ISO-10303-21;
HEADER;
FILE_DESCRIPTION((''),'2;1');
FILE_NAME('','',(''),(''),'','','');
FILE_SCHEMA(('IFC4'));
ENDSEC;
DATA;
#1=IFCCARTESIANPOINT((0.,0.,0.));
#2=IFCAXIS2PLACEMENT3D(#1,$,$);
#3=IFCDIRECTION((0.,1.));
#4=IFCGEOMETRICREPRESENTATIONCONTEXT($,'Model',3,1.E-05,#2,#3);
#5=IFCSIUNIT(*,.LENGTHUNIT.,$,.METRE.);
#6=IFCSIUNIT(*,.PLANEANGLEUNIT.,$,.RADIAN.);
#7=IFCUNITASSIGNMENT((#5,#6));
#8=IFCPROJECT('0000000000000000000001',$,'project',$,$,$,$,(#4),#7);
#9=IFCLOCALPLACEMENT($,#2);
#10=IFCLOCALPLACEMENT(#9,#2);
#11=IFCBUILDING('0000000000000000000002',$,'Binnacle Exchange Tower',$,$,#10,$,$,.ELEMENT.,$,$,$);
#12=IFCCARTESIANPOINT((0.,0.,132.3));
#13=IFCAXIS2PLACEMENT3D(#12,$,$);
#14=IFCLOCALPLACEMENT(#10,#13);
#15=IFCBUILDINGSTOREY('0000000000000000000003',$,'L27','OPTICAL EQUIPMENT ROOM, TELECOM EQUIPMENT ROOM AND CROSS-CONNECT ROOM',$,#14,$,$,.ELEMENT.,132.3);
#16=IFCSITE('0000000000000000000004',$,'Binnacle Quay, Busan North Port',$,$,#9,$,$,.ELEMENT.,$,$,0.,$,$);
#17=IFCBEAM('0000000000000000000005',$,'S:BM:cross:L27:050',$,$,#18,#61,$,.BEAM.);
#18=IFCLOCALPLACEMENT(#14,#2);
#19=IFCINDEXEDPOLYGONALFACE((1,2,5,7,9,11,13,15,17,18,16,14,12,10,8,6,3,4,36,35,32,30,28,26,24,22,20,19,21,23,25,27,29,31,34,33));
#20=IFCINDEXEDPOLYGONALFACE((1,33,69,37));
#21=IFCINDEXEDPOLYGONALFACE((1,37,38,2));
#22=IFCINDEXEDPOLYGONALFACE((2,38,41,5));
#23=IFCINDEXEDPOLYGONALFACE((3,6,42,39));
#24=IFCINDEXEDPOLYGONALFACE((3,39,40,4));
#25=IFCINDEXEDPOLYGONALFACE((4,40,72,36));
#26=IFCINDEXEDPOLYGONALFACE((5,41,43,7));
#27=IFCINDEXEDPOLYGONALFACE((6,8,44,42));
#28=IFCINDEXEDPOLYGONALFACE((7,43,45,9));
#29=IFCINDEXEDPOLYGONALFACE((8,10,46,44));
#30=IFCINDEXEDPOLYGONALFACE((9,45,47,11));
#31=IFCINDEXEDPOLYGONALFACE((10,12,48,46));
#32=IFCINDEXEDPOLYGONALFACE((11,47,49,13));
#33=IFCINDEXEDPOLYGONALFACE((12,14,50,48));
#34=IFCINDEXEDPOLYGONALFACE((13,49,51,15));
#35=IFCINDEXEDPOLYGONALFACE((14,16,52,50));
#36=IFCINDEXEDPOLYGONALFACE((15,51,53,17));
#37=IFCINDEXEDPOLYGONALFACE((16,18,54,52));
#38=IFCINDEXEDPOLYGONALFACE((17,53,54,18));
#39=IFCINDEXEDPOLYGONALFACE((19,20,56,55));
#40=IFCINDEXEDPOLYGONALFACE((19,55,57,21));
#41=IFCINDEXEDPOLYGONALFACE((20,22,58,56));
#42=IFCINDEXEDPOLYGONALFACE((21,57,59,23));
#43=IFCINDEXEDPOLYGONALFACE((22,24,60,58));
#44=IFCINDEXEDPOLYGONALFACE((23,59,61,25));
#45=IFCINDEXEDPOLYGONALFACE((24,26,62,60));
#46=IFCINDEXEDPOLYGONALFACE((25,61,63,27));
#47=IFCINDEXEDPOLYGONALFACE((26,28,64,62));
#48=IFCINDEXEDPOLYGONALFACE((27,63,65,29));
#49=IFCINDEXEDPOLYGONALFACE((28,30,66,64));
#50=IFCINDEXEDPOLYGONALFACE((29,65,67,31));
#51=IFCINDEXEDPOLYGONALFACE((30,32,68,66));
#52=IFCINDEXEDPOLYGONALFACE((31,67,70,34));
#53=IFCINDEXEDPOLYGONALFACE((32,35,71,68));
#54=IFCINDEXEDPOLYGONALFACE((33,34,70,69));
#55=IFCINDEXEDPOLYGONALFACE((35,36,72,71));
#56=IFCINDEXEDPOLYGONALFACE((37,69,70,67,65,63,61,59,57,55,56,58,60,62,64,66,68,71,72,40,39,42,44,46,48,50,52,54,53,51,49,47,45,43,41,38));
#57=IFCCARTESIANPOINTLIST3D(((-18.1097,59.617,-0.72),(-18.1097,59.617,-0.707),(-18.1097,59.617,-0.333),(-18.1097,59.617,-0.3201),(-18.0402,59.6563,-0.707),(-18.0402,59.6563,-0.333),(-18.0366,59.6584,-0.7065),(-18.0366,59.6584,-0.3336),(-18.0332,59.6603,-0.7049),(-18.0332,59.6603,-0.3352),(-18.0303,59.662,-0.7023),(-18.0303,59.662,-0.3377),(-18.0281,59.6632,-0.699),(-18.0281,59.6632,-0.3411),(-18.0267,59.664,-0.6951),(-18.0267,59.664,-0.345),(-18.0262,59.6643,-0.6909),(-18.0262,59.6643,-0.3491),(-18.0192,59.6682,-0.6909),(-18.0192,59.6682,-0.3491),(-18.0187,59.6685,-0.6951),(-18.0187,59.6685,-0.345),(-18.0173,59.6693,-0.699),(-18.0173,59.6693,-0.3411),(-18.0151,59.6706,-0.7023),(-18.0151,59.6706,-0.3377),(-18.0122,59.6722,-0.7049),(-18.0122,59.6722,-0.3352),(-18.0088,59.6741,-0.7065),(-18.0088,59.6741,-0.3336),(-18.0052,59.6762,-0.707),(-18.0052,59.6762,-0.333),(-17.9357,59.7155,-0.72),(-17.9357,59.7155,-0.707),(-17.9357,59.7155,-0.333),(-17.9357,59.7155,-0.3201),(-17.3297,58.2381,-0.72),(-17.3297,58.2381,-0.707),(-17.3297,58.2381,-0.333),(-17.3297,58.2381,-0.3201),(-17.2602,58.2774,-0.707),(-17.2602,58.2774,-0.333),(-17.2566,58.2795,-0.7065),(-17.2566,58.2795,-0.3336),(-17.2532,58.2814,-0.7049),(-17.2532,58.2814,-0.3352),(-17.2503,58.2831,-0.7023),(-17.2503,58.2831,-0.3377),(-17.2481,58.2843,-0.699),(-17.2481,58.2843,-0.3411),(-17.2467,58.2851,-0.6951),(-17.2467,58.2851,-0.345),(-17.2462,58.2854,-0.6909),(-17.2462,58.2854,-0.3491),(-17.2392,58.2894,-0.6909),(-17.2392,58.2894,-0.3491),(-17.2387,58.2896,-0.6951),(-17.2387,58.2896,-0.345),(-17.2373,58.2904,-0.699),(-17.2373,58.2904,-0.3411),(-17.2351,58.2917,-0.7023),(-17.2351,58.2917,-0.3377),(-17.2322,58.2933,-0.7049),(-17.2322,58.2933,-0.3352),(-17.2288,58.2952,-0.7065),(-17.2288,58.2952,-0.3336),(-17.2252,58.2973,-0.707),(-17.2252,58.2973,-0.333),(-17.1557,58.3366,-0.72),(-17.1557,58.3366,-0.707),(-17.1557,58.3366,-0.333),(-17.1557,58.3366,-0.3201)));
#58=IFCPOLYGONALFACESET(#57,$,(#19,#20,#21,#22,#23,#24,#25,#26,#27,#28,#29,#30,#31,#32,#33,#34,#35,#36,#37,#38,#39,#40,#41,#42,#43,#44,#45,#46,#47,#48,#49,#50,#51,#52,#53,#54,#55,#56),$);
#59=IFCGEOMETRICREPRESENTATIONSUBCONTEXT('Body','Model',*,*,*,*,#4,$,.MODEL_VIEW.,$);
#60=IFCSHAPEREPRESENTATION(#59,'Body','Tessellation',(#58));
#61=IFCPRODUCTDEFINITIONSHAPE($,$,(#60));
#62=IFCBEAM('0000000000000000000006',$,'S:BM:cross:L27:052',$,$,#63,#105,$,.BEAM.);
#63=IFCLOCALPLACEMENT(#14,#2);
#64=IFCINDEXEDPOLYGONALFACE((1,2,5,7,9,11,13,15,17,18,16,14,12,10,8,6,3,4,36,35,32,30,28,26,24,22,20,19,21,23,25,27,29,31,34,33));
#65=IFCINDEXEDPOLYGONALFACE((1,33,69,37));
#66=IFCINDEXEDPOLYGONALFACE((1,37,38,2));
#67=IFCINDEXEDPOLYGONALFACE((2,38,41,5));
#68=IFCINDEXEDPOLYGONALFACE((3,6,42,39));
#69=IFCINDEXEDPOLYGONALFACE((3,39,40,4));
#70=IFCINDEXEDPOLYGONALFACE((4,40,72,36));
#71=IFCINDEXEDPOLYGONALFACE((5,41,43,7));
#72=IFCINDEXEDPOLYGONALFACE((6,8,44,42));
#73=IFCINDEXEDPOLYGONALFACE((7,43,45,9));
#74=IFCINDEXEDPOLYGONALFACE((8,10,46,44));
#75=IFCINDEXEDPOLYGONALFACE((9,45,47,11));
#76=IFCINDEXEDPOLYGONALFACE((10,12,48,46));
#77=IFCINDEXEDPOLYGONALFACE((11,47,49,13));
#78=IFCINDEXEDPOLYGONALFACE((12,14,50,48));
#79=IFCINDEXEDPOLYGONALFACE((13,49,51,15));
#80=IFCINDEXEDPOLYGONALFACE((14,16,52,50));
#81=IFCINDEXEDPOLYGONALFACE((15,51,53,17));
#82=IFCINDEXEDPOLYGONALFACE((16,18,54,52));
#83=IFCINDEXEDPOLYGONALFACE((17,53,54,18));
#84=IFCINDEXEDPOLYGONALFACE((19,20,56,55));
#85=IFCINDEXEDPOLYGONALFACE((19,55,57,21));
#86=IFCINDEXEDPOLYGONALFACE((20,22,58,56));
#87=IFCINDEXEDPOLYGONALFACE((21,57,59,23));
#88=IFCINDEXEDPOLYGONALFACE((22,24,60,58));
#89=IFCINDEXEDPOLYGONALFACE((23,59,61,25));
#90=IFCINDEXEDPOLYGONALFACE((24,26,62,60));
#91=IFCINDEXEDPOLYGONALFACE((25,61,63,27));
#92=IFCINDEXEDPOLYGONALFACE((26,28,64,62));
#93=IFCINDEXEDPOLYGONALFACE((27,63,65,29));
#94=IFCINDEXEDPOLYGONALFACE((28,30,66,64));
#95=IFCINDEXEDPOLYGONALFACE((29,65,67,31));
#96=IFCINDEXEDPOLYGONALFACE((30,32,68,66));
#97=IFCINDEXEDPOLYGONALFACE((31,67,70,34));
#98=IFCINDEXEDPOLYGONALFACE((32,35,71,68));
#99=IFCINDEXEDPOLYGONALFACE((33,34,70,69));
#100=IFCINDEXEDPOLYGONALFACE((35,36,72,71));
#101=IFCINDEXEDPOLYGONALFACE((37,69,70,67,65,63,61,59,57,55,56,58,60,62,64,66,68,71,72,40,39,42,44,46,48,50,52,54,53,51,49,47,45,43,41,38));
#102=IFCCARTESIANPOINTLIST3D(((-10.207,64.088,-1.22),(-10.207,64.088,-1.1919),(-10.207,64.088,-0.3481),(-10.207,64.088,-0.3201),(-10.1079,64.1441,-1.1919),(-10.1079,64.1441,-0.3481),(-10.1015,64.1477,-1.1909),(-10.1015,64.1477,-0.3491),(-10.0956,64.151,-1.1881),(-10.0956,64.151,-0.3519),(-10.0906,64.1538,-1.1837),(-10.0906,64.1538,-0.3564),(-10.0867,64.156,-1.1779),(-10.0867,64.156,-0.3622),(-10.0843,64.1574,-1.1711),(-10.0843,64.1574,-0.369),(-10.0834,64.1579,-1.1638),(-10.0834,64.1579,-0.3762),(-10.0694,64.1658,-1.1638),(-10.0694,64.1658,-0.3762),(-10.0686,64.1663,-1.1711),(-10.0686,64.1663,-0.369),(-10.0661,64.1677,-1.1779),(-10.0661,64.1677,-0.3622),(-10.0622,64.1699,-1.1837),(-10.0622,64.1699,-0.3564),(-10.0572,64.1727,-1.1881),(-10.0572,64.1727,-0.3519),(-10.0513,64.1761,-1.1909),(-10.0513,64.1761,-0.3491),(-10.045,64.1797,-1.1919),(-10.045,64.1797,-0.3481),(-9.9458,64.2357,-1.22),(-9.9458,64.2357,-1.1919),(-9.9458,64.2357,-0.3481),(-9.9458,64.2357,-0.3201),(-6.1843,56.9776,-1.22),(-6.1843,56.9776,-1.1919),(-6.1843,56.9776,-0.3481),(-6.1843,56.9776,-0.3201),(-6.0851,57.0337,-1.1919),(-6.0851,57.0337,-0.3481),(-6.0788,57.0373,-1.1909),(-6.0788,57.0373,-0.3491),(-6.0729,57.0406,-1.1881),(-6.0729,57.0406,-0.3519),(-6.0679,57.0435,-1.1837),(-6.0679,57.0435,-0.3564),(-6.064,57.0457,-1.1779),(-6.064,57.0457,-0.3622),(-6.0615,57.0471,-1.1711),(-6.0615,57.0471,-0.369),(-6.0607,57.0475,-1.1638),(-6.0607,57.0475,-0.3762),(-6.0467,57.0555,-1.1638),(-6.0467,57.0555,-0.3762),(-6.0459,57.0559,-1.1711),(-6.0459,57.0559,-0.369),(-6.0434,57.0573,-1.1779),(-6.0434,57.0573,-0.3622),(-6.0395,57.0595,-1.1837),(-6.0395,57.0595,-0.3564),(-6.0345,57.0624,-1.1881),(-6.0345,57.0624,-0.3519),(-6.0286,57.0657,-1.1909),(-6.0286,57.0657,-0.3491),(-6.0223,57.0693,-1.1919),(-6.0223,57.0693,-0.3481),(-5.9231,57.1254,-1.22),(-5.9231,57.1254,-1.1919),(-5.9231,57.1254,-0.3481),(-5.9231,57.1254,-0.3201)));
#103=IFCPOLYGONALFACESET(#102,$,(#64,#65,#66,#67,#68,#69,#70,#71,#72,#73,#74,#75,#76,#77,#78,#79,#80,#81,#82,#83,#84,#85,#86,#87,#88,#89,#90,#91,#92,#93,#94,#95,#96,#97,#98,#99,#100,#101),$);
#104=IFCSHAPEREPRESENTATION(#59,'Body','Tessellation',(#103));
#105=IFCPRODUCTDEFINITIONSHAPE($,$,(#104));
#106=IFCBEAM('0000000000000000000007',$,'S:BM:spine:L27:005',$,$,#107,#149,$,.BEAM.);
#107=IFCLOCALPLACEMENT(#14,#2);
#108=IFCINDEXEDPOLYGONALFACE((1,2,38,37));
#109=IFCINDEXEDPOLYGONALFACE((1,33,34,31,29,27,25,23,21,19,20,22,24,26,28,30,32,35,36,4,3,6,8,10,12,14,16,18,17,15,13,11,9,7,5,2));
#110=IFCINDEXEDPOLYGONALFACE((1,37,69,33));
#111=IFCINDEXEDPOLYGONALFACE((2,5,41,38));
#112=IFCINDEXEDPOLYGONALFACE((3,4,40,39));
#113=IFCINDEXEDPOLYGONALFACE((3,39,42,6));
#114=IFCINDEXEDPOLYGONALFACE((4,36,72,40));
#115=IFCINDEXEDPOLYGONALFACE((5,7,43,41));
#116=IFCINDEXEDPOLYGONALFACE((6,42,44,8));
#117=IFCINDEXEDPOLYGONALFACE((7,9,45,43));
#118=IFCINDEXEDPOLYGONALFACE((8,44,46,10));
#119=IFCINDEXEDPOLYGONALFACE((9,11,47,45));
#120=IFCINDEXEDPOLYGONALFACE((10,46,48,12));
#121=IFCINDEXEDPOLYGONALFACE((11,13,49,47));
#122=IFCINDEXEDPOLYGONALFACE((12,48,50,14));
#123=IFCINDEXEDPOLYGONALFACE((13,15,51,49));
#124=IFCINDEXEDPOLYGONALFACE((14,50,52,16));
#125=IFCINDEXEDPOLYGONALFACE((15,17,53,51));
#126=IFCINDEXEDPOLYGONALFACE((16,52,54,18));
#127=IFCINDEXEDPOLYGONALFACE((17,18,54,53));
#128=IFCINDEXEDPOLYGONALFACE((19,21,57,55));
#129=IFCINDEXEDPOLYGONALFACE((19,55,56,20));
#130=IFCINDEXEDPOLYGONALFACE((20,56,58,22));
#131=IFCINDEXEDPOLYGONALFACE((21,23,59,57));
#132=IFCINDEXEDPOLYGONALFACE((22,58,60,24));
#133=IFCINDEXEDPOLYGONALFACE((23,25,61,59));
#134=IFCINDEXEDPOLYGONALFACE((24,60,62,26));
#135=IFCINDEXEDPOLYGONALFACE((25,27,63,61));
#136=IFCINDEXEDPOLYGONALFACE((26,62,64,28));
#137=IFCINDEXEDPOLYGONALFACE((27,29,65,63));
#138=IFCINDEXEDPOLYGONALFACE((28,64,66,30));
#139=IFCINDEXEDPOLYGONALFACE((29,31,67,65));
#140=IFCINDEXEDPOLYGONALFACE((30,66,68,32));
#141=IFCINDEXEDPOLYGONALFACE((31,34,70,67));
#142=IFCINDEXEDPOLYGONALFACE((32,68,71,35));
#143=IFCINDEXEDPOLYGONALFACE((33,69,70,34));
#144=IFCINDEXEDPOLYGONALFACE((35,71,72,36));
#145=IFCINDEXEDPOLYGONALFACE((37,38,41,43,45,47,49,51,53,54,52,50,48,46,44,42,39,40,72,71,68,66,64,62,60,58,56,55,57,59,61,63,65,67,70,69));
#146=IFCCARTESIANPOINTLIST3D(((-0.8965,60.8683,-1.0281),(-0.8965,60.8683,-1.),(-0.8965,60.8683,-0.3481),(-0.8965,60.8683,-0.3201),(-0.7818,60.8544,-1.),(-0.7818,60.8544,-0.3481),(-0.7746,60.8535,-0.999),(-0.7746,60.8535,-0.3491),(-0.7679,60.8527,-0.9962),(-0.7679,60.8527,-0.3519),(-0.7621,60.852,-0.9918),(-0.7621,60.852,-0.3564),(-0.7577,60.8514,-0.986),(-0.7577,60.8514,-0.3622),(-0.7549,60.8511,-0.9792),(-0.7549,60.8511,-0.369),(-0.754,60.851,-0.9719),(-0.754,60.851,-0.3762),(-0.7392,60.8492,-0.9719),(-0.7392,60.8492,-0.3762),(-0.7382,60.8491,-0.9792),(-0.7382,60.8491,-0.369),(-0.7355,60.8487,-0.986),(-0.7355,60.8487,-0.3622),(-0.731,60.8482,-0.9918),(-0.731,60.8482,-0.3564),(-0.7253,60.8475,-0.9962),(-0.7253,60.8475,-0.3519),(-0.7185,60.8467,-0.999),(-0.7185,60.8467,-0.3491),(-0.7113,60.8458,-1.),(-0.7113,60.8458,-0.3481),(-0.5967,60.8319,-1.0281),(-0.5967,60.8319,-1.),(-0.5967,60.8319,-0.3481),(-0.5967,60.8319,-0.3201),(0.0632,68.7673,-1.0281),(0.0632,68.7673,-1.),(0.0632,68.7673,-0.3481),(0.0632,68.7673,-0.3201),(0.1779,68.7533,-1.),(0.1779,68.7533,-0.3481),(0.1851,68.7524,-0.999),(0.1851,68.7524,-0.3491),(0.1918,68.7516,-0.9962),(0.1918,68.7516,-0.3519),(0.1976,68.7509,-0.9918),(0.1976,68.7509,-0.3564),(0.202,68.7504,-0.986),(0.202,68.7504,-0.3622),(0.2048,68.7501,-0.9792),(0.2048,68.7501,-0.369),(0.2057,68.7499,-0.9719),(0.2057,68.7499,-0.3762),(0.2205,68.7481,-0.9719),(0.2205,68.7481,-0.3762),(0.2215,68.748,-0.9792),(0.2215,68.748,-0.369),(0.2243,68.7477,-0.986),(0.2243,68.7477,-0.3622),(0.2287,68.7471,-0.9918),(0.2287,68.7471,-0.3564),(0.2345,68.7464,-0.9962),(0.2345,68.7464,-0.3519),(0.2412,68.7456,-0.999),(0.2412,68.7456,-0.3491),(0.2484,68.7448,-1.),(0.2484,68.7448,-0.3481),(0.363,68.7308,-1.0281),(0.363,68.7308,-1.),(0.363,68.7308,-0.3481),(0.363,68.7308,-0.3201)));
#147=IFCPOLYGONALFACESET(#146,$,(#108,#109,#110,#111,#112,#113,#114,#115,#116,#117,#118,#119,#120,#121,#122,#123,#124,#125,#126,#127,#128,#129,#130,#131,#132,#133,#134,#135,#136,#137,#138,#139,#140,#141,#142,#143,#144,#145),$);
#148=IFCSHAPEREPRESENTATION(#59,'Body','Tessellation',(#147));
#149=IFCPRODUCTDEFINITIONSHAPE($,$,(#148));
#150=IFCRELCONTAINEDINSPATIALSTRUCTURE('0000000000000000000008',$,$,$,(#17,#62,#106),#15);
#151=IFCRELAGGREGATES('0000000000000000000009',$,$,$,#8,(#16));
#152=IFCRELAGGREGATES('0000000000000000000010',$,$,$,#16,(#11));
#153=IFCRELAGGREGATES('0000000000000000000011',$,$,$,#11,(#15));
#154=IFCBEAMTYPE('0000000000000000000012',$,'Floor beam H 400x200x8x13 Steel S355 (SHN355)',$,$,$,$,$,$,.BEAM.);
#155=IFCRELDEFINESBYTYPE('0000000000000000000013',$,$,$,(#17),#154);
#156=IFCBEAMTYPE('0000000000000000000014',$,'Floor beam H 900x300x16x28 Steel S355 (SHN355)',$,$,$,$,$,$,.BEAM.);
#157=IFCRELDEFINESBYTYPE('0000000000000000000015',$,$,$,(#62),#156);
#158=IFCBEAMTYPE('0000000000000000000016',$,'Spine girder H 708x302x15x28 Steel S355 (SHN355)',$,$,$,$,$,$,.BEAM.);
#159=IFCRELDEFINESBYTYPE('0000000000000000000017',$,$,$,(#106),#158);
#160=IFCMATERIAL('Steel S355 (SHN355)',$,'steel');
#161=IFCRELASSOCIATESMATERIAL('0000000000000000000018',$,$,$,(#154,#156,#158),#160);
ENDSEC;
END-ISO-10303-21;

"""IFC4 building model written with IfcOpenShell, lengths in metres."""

from ifc_helpers import new_model, si_unit, direction, frame, origin, origin_2d, place, context, subcontext, project, spatial, i_section, extrude, material, material_profile, profile_set, type_object, element, save


model = new_model("IFC4")

# Units and contexts
model_context = context("Model", 3, precision=1e-05, world=origin(), true_north=direction((0.0, 1.0)))
body_context = subcontext(model_context, "Body", "Model", "MODEL_VIEW")
ifc_project = project(units=[si_unit("LENGTHUNIT", "METRE"), si_unit("PLANEANGLEUNIT", "RADIAN")], contexts=[model_context])

# Site, building, storey
site_placement = place(None, origin())
site = spatial("IfcSite", under=ifc_project, at=site_placement, Name="Binnacle Quay, Busan North Port", CompositionType="ELEMENT", RefElevation=0.0)
building_placement = place(site_placement, origin())
building = spatial("IfcBuilding", under=site, at=building_placement, Name="Binnacle Exchange Tower", CompositionType="ELEMENT")
storey_placement = place(building_placement, frame((0.0, 0.0, 132.3)))
storey = spatial("IfcBuildingStorey", under=building, at=storey_placement, Name="L27", Description="OPTICAL EQUIPMENT ROOM, TELECOM EQUIPMENT ROOM AND CROSS-CONNECT ROOM", CompositionType="ELEMENT", Elevation=132.3)

# Beams
ifc_material_1 = material(Name="Steel S355 (SHN355)", Category="steel")
ifc_material_profile_1 = material_profile(ifc_material_1, i_section(OverallWidth=0.2, OverallDepth=0.3999, WebThickness=0.0081, FlangeThickness=0.0129, FilletRadius=0.0161, at=origin_2d()), Name="H 400x200x8x13")
ifc_profile_set_1 = profile_set([ifc_material_profile_1], Name="Steel S355 (SHN355)")
beam_type_1 = type_object("IfcBeamType", Name="Floor beam H 400x200x8x13 Steel S355 (SHN355)", PredefinedType="BEAM", material=ifc_profile_set_1)
beam_1_placement = place(storey_placement, frame((-18.0227, 59.6663, -0.52), z_axis=(0.492367, -0.870388, 0.0), x_axis=(0.870388, 0.492367, 0.0)))
element("IfcBeam", 1, at=beam_1_placement, inside=storey, type_object=beam_type_1, Name="S:BM:cross:L27:050", PredefinedType="BEAM", context=body_context, shape_type="SweptSolid", body=[
    extrude(i_section(OverallWidth=0.2, OverallDepth=0.3999, WebThickness=0.0081, FlangeThickness=0.0129, FilletRadius=0.0161, at=origin_2d()), origin(), (0.0, 0.0, 1.0), 1.5842),
])
ifc_material_profile_2 = material_profile(ifc_material_1, i_section(OverallWidth=0.3, OverallDepth=0.8999, WebThickness=0.0161, FlangeThickness=0.0281, FilletRadius=0.0281, at=origin_2d()), Name="H 900x300x16x28")
ifc_profile_set_2 = profile_set([ifc_material_profile_2], Name="Steel S355 (SHN355)")
beam_type_2 = type_object("IfcBeamType", Name="Floor beam H 900x300x16x28 Steel S355 (SHN355)", PredefinedType="BEAM", material=ifc_profile_set_2)
beam_2_placement = place(storey_placement, frame((-10.0764, 64.1619, -0.77), z_axis=(0.492411, -0.870363, 0.0), x_axis=(0.870363, 0.492411, 0.0)))
element("IfcBeam", 2, at=beam_2_placement, inside=storey, type_object=beam_type_2, Name="S:BM:cross:L27:052", PredefinedType="BEAM", context=body_context, shape_type="SweptSolid", body=[
    extrude(i_section(OverallWidth=0.3, OverallDepth=0.8999, WebThickness=0.0161, FlangeThickness=0.0281, FilletRadius=0.0281, at=origin_2d()), origin(), (0.0, 0.0, 1.0), 8.1694),
])
ifc_material_profile_3 = material_profile(ifc_material_1, i_section(OverallWidth=0.302, OverallDepth=0.708, WebThickness=0.0149, FlangeThickness=0.0281, FilletRadius=0.0281, at=origin_2d()), Name="H 708x302x15x28")
ifc_profile_set_3 = profile_set([ifc_material_profile_3], Name="Steel S355 (SHN355)")
beam_type_3 = type_object("IfcBeamType", Name="Spine girder H 708x302x15x28 Steel S355 (SHN355)", PredefinedType="BEAM", material=ifc_profile_set_3)
beam_3_placement = place(storey_placement, frame((-0.7466, 60.8501, -0.6741), z_axis=(0.120613, 0.9927, 0.0), x_axis=(-0.9927, 0.120613, 0.0)))
element("IfcBeam", 3, at=beam_3_placement, inside=storey, type_object=beam_type_3, Name="S:BM:spine:L27:005", PredefinedType="BEAM", context=body_context, shape_type="SweptSolid", body=[
    extrude(i_section(OverallWidth=0.302, OverallDepth=0.708, WebThickness=0.0149, FlangeThickness=0.0281, FilletRadius=0.0281, at=origin_2d()), origin(), (0.0, 0.0, 1.0), 7.957),
])

save(model, "model.ifc")
